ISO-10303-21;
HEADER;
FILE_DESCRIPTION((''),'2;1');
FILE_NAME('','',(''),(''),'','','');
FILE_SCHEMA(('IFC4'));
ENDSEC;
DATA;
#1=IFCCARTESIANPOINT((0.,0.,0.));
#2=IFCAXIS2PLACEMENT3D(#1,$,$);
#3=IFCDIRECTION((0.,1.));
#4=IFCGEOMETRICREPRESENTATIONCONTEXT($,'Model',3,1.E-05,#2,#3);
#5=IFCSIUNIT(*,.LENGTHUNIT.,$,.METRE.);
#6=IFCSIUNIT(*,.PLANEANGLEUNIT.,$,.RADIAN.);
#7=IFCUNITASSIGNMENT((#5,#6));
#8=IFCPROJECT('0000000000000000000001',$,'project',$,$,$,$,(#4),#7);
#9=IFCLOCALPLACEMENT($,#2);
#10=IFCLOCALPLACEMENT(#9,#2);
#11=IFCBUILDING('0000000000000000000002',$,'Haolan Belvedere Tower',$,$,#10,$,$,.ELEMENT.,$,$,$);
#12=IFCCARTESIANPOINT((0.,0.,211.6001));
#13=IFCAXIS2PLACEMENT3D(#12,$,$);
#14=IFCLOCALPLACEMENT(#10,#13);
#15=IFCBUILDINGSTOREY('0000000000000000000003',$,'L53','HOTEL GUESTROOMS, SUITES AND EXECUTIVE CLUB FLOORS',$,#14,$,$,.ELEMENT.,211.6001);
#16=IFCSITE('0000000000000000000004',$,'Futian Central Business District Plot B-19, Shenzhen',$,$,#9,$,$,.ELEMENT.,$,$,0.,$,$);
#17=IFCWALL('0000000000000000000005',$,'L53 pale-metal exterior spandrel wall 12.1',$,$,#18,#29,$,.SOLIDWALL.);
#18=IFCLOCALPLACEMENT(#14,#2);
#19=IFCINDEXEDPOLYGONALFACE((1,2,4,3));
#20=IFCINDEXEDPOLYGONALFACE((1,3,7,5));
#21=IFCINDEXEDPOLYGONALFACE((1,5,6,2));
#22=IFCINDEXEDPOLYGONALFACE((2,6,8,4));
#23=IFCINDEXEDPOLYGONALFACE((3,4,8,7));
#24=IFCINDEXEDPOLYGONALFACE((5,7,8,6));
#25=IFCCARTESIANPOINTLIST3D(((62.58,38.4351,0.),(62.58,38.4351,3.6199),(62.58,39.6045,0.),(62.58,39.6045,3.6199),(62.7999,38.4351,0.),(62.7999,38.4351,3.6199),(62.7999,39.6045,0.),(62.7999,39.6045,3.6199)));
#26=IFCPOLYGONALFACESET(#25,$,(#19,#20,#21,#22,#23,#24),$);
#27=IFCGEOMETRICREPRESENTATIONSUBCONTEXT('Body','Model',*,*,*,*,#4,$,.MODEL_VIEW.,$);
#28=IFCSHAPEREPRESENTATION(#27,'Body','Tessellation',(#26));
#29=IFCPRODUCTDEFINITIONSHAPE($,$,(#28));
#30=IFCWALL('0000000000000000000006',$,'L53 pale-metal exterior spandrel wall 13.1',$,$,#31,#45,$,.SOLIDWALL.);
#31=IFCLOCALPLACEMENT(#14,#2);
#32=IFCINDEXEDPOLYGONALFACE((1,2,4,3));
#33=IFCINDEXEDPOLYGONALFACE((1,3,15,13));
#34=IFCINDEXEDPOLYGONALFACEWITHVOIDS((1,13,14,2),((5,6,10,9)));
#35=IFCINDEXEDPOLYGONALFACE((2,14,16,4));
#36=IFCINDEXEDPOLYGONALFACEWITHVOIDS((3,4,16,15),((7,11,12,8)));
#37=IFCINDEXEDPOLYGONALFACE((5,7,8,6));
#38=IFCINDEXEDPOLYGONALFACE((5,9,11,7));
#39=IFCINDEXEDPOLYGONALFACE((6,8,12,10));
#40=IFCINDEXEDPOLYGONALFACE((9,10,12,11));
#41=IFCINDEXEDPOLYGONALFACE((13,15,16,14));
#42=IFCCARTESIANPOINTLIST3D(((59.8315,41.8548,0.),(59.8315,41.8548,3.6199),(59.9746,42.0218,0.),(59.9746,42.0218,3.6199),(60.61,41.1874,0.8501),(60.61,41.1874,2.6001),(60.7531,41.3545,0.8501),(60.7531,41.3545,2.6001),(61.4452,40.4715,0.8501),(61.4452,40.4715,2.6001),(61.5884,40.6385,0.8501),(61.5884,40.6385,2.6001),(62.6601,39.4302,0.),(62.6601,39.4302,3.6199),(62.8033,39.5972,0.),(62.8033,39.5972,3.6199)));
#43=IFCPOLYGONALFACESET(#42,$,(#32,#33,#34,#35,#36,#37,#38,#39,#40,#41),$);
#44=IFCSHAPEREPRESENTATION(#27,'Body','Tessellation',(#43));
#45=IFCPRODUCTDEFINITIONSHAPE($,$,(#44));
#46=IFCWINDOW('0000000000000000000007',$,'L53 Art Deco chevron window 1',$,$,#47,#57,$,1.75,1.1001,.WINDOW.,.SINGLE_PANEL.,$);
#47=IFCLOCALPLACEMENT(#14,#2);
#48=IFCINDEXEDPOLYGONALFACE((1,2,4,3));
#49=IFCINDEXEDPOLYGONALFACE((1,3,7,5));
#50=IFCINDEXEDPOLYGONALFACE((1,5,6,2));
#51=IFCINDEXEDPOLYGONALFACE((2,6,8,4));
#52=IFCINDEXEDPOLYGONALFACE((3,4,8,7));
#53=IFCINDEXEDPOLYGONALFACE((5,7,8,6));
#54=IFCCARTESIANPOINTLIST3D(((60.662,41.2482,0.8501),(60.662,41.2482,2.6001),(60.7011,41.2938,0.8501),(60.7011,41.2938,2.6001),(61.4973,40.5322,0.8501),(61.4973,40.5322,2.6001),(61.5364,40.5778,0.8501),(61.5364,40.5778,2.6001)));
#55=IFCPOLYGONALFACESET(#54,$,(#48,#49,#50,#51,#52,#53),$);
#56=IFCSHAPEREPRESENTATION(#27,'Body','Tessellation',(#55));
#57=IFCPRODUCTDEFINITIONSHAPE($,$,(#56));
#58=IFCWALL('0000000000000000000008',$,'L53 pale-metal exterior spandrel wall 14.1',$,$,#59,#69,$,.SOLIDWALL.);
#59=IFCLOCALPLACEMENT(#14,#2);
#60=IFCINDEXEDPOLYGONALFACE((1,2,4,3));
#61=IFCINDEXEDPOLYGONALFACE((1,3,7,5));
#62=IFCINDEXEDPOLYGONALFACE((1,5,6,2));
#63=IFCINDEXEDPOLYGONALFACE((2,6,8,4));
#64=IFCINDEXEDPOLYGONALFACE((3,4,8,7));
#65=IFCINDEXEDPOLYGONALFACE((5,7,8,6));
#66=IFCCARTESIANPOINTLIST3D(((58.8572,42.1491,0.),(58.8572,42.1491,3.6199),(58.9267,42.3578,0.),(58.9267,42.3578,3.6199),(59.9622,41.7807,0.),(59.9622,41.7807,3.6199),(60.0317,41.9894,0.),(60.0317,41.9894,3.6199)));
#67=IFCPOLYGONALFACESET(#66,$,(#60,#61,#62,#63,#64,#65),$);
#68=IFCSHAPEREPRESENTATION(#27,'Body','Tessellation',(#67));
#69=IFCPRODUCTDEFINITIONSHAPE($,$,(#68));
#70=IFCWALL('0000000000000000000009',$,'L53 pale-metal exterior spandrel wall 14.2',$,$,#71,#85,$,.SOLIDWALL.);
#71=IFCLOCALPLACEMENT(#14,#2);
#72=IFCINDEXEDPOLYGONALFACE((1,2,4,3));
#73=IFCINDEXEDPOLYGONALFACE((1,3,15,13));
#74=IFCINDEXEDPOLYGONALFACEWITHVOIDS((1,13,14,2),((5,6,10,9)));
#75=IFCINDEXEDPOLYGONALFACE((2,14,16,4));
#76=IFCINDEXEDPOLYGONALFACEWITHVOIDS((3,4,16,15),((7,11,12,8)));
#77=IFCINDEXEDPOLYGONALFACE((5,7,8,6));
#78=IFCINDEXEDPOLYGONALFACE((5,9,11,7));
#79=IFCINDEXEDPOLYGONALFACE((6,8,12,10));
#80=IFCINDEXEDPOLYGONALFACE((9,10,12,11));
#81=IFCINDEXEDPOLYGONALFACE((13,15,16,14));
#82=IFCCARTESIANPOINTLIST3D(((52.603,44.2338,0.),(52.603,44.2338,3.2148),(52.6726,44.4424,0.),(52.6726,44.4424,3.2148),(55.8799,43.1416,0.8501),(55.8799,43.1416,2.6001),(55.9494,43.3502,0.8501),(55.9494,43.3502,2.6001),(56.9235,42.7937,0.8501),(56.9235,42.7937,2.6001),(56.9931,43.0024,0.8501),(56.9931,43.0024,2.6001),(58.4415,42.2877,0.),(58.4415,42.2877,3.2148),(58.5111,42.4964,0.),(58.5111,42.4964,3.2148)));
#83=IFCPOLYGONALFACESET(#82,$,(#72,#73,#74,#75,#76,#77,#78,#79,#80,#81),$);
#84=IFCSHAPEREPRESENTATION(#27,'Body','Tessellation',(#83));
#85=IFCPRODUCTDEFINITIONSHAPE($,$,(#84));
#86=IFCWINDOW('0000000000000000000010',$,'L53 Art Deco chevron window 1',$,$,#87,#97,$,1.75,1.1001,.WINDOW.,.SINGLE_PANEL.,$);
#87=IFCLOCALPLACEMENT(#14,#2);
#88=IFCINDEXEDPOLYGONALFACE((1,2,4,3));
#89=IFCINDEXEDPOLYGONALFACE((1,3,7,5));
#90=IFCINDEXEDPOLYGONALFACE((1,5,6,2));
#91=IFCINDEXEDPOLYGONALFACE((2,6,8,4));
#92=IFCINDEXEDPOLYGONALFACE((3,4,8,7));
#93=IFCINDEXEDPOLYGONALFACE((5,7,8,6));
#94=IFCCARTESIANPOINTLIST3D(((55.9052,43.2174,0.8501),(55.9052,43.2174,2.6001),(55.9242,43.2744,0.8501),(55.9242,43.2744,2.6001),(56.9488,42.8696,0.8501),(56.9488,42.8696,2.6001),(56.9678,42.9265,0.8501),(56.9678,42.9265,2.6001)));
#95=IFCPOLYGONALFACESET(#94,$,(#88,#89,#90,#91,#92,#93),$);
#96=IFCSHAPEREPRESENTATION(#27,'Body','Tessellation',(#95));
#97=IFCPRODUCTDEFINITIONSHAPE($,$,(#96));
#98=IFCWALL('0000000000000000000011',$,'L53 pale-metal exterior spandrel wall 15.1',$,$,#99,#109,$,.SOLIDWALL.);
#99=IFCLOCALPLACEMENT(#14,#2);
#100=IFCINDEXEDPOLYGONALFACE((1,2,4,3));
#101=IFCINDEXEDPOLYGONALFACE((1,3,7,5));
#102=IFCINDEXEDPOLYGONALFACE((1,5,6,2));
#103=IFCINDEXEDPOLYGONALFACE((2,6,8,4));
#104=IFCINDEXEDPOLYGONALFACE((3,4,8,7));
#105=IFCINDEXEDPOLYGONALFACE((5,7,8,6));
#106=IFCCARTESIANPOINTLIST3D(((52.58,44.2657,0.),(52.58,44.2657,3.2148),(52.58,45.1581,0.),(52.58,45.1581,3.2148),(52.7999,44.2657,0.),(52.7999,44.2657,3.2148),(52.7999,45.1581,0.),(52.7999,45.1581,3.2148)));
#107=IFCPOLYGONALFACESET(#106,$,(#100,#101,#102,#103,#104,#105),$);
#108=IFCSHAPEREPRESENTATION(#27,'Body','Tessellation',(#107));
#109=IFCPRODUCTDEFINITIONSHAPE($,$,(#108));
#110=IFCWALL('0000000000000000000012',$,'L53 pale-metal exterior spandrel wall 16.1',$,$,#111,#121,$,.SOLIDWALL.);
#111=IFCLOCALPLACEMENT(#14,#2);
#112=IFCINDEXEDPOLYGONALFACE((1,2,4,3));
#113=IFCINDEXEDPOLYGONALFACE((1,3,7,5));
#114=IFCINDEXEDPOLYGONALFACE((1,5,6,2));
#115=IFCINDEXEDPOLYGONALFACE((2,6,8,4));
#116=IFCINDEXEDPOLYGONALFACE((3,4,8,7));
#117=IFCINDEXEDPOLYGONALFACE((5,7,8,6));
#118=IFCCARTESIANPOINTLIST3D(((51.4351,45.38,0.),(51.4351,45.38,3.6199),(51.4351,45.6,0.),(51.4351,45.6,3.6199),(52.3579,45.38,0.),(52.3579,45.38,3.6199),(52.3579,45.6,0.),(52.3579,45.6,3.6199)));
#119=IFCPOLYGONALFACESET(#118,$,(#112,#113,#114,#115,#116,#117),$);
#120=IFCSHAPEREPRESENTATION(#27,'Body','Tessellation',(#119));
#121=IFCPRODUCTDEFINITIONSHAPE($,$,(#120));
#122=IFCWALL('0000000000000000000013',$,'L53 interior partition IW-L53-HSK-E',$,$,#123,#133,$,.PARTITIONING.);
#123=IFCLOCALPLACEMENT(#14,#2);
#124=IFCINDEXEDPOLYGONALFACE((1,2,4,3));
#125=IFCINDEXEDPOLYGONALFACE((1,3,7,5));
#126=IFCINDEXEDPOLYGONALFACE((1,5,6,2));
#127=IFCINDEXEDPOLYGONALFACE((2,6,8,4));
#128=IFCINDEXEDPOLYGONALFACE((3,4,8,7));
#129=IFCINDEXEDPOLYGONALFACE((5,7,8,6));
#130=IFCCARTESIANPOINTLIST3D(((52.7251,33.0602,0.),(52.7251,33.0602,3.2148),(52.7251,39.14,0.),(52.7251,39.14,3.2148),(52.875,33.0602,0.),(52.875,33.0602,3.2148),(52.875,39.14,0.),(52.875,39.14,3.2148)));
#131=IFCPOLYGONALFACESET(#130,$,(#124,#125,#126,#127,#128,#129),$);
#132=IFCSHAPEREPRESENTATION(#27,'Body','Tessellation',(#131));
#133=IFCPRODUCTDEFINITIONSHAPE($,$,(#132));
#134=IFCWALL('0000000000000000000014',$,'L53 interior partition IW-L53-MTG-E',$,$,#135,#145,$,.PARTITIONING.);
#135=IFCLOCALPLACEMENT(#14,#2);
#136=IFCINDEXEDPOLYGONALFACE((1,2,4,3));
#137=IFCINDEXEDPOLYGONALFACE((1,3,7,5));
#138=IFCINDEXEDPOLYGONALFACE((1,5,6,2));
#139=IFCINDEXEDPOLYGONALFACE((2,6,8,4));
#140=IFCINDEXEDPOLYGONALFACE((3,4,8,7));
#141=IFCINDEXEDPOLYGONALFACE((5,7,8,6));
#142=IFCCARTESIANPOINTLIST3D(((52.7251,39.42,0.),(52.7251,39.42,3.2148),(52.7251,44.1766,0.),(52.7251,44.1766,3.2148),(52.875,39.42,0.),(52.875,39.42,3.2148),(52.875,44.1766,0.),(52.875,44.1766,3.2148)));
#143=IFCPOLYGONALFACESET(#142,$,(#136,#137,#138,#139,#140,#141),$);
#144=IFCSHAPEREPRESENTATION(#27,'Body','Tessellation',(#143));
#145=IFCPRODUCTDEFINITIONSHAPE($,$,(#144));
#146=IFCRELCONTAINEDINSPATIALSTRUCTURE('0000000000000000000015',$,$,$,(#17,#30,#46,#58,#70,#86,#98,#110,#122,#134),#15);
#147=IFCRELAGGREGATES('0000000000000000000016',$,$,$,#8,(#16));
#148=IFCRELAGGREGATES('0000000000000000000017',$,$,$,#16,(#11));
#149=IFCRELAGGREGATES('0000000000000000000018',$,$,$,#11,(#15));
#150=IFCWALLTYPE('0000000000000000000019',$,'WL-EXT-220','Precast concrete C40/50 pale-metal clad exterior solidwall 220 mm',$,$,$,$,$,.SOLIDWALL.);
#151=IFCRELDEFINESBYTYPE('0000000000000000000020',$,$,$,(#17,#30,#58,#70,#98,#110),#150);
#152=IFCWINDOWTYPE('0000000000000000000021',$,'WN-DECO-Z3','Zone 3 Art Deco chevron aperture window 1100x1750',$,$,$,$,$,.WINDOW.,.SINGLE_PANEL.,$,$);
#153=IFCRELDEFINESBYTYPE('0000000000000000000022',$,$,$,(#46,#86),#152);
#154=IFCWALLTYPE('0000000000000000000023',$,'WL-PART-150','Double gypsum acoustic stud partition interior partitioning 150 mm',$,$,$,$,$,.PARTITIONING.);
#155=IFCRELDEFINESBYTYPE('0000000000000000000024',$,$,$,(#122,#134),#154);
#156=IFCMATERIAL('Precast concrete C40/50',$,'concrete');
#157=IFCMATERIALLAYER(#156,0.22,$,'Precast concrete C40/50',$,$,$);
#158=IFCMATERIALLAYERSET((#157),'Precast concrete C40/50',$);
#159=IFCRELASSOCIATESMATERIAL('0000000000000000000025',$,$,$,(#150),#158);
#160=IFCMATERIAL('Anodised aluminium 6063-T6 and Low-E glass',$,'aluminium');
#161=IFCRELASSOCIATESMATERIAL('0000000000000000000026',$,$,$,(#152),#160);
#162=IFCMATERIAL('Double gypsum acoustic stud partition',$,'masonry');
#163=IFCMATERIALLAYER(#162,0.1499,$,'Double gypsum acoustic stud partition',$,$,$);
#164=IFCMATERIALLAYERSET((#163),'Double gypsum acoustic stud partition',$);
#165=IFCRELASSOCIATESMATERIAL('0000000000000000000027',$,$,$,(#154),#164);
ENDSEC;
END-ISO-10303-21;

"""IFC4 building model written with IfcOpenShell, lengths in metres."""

from ifc_helpers import new_model, si_unit, direction, frame, frame_2d, origin, place, context, subcontext, project, spatial, rectangle, extrude, material, layer, layer_set, type_object, element, fill, save


model = new_model("IFC4")

# Units and contexts
model_context = context("Model", 3, precision=1e-05, world=origin(), true_north=direction((0.0, 1.0)))
body_context = subcontext(model_context, "Body", "Model", "MODEL_VIEW")
ifc_project = project(units=[si_unit("LENGTHUNIT", "METRE"), si_unit("PLANEANGLEUNIT", "RADIAN")], contexts=[model_context])

# Site, building, storey
site_placement = place(None, origin())
site = spatial("IfcSite", under=ifc_project, at=site_placement, Name="Futian Central Business District Plot B-19, Shenzhen", CompositionType="ELEMENT", RefElevation=0.0)
building_placement = place(site_placement, origin())
building = spatial("IfcBuilding", under=site, at=building_placement, Name="Haolan Belvedere Tower", CompositionType="ELEMENT")
storey_placement = place(building_placement, frame((0.0, 0.0, 211.6001)))
storey = spatial("IfcBuildingStorey", under=building, at=storey_placement, Name="L53", Description="HOTEL GUESTROOMS, SUITES AND EXECUTIVE CLUB FLOORS", CompositionType="ELEMENT", Elevation=211.6001)

# Wall
ifc_material_1 = material(Name="Precast concrete C40/50", Category="concrete")
ifc_layer_1 = layer(ifc_material_1, 0.22, Name="Precast concrete C40/50")
ifc_layer_set_1 = layer_set([ifc_layer_1], Name="Precast concrete C40/50")
wall_type_1 = type_object("IfcWallType", Name="WL-EXT-220", Description="Precast concrete C40/50 pale-metal clad exterior solidwall 220 mm", PredefinedType="SOLIDWALL", material=ifc_layer_set_1)
wall_1_placement = place(storey_placement, frame((62.6899, 38.4351, 0.0), z_axis=(0.0, 0.0, 1.0), x_axis=(0.0, 1.0, 0.0)))
element("IfcWall", 1, at=wall_1_placement, inside=storey, type_object=wall_type_1, Name="L53 pale-metal exterior spandrel wall 12.1", PredefinedType="SOLIDWALL", context=body_context, shape_type="SweptSolid", body=[
    extrude(rectangle(XDim=1.1694, YDim=0.22, at=frame_2d((0.5847, 0.0))), origin(), (0.0, 0.0, 1.0), 3.6199),
])

# Wall, opening, window
wall_2_placement = place(storey_placement, frame((62.7317, 39.5137, 0.0), z_axis=(0.0, 0.0, 1.0), x_axis=(-0.759252, 0.650797, 0.0)))
wall_2 = element("IfcWall", 2, at=wall_2_placement, inside=storey, type_object=wall_type_1, Name="L53 pale-metal exterior spandrel wall 13.1", PredefinedType="SOLIDWALL", context=body_context, shape_type="SweptSolid", body=[
    extrude(rectangle(XDim=3.7256, YDim=0.22, at=frame_2d((1.8628, 0.0))), origin(), (0.0, 0.0, 1.0), 3.6199),
])
opening_1_placement = place(wall_2_placement, frame((1.6001, 0.0, 0.8501)))
opening_1 = element("IfcOpeningElement", 3, at=opening_1_placement, cuts=wall_2, PredefinedType="OPENING", context=body_context, shape_type="SweptSolid", body=[
    extrude(rectangle(XDim=1.1001, YDim=1.75, at=frame_2d((0.55, 0.875))), frame((0.0, 0.1199, 0.0), z_axis=(0.0, -1.0, 0.0), x_axis=(1.0, 0.0, 0.0)), (0.0, 0.0, 1.0), 0.24),
])
ifc_material_2 = material(Name="Anodised aluminium 6063-T6 and Low-E glass", Category="aluminium")
window_type = type_object("IfcWindowType", Name="WN-DECO-Z3", Description="Zone 3 Art Deco chevron aperture window 1100x1750", PartitioningType="SINGLE_PANEL", PredefinedType="WINDOW", material=ifc_material_2)
window_1_placement = place(opening_1_placement, origin())
window_1 = element("IfcWindow", 4, at=window_1_placement, inside=storey, type_object=window_type, Name="L53 Art Deco chevron window 1", OverallHeight=1.75, OverallWidth=1.1001, PartitioningType="SINGLE_PANEL", PredefinedType="WINDOW", context=body_context, shape_type="SweptSolid", body=[
    extrude(rectangle(XDim=1.1001, YDim=1.75, at=frame_2d((0.55, 0.875))), frame((0.0, 0.03, 0.0), z_axis=(0.0, -1.0, 0.0), x_axis=(1.0, 0.0, 0.0)), (0.0, 0.0, 1.0), 0.0601),
])
fill(opening_1, window_1)

# Wall
wall_3_placement = place(storey_placement, frame((59.9971, 41.885, 0.0), z_axis=(0.0, 0.0, 1.0), x_axis=(-0.948662, 0.316291, 0.0)))
element("IfcWall", 5, at=wall_3_placement, inside=storey, type_object=wall_type_1, Name="L53 pale-metal exterior spandrel wall 14.1", PredefinedType="SOLIDWALL", context=body_context, shape_type="SweptSolid", body=[
    extrude(rectangle(XDim=1.1648, YDim=0.22, at=frame_2d((0.5825, 0.0))), origin(), (0.0, 0.0, 1.0), 3.6199),
])

# Wall, opening, window
wall_4_placement = place(storey_placement, frame((58.4763, 42.3921, 0.0), z_axis=(0.0, 0.0, 1.0), x_axis=(-0.948691, 0.316204, 0.0)))
wall_4 = element("IfcWall", 6, at=wall_4_placement, inside=storey, type_object=wall_type_1, Name="L53 pale-metal exterior spandrel wall 14.2", PredefinedType="SOLIDWALL", context=body_context, shape_type="SweptSolid", body=[
    extrude(rectangle(XDim=6.1543, YDim=0.22, at=frame_2d((3.0771, 0.0))), origin(), (0.0, 0.0, 1.0), 3.2148),
])
opening_2_placement = place(wall_4_placement, frame((1.6001, 0.0, 0.8501)))
opening_2 = element("IfcOpeningElement", 7, at=opening_2_placement, cuts=wall_4, PredefinedType="OPENING", context=body_context, shape_type="SweptSolid", body=[
    extrude(rectangle(XDim=1.1001, YDim=1.75, at=frame_2d((0.55, 0.875))), frame((0.0, 0.1199, 0.0), z_axis=(0.0, -1.0, 0.0), x_axis=(1.0, 0.0, 0.0)), (0.0, 0.0, 1.0), 0.24),
])
window_2_placement = place(opening_2_placement, origin())
window_2 = element("IfcWindow", 8, at=window_2_placement, inside=storey, type_object=window_type, Name="L53 Art Deco chevron window 1", OverallHeight=1.75, OverallWidth=1.1001, PartitioningType="SINGLE_PANEL", PredefinedType="WINDOW", context=body_context, shape_type="SweptSolid", body=[
    extrude(rectangle(XDim=1.1001, YDim=1.75, at=frame_2d((0.55, 0.875))), frame((0.0, 0.03, 0.0), z_axis=(0.0, -1.0, 0.0), x_axis=(1.0, 0.0, 0.0)), (0.0, 0.0, 1.0), 0.0601),
])
fill(opening_2, window_2)

# Walls
wall_5_placement = place(storey_placement, frame((52.6899, 44.2656, 0.0), z_axis=(0.0, 0.0, 1.0), x_axis=(0.0, 1.0, 0.0)))
element("IfcWall", 9, at=wall_5_placement, inside=storey, type_object=wall_type_1, Name="L53 pale-metal exterior spandrel wall 15.1", PredefinedType="SOLIDWALL", context=body_context, shape_type="SweptSolid", body=[
    extrude(rectangle(XDim=0.8923, YDim=0.22, at=frame_2d((0.4463, 0.0))), origin(), (0.0, 0.0, 1.0), 3.2148),
])
wall_6_placement = place(storey_placement, frame((52.3579, 45.49, 0.0), z_axis=(0.0, 0.0, 1.0), x_axis=(-1.0, 0.0, 0.0)))
element("IfcWall", 10, at=wall_6_placement, inside=storey, type_object=wall_type_1, Name="L53 pale-metal exterior spandrel wall 16.1", PredefinedType="SOLIDWALL", context=body_context, shape_type="SweptSolid", body=[
    extrude(rectangle(XDim=0.9229, YDim=0.22, at=frame_2d((0.4614, 0.0))), origin(), (0.0, 0.0, 1.0), 3.6199),
])
ifc_material_3 = material(Name="Double gypsum acoustic stud partition", Category="masonry")
ifc_layer_2 = layer(ifc_material_3, 0.1499, Name="Double gypsum acoustic stud partition")
ifc_layer_set_2 = layer_set([ifc_layer_2], Name="Double gypsum acoustic stud partition")
wall_type_2 = type_object("IfcWallType", Name="WL-PART-150", Description="Double gypsum acoustic stud partition interior partitioning 150 mm", PredefinedType="PARTITIONING", material=ifc_layer_set_2)
wall_7_placement = place(storey_placement, frame((52.8, 33.0601, 0.0), z_axis=(0.0, 0.0, 1.0), x_axis=(0.0, 1.0, 0.0)))
element("IfcWall", 11, at=wall_7_placement, inside=storey, type_object=wall_type_2, Name="L53 interior partition IW-L53-HSK-E", PredefinedType="PARTITIONING", context=body_context, shape_type="SweptSolid", body=[
    extrude(rectangle(XDim=6.0798, YDim=0.1499, at=frame_2d((3.04, 0.0))), origin(), (0.0, 0.0, 1.0), 3.2148),
])
wall_8_placement = place(storey_placement, frame((52.8, 39.4199, 0.0), z_axis=(0.0, 0.0, 1.0), x_axis=(0.0, 1.0, 0.0)))
element("IfcWall", 12, at=wall_8_placement, inside=storey, type_object=wall_type_2, Name="L53 interior partition IW-L53-MTG-E", PredefinedType="PARTITIONING", context=body_context, shape_type="SweptSolid", body=[
    extrude(rectangle(XDim=4.7566, YDim=0.1499, at=frame_2d((2.3784, 0.0))), origin(), (0.0, 0.0, 1.0), 3.2148),
])

save(model, "model.ifc")
